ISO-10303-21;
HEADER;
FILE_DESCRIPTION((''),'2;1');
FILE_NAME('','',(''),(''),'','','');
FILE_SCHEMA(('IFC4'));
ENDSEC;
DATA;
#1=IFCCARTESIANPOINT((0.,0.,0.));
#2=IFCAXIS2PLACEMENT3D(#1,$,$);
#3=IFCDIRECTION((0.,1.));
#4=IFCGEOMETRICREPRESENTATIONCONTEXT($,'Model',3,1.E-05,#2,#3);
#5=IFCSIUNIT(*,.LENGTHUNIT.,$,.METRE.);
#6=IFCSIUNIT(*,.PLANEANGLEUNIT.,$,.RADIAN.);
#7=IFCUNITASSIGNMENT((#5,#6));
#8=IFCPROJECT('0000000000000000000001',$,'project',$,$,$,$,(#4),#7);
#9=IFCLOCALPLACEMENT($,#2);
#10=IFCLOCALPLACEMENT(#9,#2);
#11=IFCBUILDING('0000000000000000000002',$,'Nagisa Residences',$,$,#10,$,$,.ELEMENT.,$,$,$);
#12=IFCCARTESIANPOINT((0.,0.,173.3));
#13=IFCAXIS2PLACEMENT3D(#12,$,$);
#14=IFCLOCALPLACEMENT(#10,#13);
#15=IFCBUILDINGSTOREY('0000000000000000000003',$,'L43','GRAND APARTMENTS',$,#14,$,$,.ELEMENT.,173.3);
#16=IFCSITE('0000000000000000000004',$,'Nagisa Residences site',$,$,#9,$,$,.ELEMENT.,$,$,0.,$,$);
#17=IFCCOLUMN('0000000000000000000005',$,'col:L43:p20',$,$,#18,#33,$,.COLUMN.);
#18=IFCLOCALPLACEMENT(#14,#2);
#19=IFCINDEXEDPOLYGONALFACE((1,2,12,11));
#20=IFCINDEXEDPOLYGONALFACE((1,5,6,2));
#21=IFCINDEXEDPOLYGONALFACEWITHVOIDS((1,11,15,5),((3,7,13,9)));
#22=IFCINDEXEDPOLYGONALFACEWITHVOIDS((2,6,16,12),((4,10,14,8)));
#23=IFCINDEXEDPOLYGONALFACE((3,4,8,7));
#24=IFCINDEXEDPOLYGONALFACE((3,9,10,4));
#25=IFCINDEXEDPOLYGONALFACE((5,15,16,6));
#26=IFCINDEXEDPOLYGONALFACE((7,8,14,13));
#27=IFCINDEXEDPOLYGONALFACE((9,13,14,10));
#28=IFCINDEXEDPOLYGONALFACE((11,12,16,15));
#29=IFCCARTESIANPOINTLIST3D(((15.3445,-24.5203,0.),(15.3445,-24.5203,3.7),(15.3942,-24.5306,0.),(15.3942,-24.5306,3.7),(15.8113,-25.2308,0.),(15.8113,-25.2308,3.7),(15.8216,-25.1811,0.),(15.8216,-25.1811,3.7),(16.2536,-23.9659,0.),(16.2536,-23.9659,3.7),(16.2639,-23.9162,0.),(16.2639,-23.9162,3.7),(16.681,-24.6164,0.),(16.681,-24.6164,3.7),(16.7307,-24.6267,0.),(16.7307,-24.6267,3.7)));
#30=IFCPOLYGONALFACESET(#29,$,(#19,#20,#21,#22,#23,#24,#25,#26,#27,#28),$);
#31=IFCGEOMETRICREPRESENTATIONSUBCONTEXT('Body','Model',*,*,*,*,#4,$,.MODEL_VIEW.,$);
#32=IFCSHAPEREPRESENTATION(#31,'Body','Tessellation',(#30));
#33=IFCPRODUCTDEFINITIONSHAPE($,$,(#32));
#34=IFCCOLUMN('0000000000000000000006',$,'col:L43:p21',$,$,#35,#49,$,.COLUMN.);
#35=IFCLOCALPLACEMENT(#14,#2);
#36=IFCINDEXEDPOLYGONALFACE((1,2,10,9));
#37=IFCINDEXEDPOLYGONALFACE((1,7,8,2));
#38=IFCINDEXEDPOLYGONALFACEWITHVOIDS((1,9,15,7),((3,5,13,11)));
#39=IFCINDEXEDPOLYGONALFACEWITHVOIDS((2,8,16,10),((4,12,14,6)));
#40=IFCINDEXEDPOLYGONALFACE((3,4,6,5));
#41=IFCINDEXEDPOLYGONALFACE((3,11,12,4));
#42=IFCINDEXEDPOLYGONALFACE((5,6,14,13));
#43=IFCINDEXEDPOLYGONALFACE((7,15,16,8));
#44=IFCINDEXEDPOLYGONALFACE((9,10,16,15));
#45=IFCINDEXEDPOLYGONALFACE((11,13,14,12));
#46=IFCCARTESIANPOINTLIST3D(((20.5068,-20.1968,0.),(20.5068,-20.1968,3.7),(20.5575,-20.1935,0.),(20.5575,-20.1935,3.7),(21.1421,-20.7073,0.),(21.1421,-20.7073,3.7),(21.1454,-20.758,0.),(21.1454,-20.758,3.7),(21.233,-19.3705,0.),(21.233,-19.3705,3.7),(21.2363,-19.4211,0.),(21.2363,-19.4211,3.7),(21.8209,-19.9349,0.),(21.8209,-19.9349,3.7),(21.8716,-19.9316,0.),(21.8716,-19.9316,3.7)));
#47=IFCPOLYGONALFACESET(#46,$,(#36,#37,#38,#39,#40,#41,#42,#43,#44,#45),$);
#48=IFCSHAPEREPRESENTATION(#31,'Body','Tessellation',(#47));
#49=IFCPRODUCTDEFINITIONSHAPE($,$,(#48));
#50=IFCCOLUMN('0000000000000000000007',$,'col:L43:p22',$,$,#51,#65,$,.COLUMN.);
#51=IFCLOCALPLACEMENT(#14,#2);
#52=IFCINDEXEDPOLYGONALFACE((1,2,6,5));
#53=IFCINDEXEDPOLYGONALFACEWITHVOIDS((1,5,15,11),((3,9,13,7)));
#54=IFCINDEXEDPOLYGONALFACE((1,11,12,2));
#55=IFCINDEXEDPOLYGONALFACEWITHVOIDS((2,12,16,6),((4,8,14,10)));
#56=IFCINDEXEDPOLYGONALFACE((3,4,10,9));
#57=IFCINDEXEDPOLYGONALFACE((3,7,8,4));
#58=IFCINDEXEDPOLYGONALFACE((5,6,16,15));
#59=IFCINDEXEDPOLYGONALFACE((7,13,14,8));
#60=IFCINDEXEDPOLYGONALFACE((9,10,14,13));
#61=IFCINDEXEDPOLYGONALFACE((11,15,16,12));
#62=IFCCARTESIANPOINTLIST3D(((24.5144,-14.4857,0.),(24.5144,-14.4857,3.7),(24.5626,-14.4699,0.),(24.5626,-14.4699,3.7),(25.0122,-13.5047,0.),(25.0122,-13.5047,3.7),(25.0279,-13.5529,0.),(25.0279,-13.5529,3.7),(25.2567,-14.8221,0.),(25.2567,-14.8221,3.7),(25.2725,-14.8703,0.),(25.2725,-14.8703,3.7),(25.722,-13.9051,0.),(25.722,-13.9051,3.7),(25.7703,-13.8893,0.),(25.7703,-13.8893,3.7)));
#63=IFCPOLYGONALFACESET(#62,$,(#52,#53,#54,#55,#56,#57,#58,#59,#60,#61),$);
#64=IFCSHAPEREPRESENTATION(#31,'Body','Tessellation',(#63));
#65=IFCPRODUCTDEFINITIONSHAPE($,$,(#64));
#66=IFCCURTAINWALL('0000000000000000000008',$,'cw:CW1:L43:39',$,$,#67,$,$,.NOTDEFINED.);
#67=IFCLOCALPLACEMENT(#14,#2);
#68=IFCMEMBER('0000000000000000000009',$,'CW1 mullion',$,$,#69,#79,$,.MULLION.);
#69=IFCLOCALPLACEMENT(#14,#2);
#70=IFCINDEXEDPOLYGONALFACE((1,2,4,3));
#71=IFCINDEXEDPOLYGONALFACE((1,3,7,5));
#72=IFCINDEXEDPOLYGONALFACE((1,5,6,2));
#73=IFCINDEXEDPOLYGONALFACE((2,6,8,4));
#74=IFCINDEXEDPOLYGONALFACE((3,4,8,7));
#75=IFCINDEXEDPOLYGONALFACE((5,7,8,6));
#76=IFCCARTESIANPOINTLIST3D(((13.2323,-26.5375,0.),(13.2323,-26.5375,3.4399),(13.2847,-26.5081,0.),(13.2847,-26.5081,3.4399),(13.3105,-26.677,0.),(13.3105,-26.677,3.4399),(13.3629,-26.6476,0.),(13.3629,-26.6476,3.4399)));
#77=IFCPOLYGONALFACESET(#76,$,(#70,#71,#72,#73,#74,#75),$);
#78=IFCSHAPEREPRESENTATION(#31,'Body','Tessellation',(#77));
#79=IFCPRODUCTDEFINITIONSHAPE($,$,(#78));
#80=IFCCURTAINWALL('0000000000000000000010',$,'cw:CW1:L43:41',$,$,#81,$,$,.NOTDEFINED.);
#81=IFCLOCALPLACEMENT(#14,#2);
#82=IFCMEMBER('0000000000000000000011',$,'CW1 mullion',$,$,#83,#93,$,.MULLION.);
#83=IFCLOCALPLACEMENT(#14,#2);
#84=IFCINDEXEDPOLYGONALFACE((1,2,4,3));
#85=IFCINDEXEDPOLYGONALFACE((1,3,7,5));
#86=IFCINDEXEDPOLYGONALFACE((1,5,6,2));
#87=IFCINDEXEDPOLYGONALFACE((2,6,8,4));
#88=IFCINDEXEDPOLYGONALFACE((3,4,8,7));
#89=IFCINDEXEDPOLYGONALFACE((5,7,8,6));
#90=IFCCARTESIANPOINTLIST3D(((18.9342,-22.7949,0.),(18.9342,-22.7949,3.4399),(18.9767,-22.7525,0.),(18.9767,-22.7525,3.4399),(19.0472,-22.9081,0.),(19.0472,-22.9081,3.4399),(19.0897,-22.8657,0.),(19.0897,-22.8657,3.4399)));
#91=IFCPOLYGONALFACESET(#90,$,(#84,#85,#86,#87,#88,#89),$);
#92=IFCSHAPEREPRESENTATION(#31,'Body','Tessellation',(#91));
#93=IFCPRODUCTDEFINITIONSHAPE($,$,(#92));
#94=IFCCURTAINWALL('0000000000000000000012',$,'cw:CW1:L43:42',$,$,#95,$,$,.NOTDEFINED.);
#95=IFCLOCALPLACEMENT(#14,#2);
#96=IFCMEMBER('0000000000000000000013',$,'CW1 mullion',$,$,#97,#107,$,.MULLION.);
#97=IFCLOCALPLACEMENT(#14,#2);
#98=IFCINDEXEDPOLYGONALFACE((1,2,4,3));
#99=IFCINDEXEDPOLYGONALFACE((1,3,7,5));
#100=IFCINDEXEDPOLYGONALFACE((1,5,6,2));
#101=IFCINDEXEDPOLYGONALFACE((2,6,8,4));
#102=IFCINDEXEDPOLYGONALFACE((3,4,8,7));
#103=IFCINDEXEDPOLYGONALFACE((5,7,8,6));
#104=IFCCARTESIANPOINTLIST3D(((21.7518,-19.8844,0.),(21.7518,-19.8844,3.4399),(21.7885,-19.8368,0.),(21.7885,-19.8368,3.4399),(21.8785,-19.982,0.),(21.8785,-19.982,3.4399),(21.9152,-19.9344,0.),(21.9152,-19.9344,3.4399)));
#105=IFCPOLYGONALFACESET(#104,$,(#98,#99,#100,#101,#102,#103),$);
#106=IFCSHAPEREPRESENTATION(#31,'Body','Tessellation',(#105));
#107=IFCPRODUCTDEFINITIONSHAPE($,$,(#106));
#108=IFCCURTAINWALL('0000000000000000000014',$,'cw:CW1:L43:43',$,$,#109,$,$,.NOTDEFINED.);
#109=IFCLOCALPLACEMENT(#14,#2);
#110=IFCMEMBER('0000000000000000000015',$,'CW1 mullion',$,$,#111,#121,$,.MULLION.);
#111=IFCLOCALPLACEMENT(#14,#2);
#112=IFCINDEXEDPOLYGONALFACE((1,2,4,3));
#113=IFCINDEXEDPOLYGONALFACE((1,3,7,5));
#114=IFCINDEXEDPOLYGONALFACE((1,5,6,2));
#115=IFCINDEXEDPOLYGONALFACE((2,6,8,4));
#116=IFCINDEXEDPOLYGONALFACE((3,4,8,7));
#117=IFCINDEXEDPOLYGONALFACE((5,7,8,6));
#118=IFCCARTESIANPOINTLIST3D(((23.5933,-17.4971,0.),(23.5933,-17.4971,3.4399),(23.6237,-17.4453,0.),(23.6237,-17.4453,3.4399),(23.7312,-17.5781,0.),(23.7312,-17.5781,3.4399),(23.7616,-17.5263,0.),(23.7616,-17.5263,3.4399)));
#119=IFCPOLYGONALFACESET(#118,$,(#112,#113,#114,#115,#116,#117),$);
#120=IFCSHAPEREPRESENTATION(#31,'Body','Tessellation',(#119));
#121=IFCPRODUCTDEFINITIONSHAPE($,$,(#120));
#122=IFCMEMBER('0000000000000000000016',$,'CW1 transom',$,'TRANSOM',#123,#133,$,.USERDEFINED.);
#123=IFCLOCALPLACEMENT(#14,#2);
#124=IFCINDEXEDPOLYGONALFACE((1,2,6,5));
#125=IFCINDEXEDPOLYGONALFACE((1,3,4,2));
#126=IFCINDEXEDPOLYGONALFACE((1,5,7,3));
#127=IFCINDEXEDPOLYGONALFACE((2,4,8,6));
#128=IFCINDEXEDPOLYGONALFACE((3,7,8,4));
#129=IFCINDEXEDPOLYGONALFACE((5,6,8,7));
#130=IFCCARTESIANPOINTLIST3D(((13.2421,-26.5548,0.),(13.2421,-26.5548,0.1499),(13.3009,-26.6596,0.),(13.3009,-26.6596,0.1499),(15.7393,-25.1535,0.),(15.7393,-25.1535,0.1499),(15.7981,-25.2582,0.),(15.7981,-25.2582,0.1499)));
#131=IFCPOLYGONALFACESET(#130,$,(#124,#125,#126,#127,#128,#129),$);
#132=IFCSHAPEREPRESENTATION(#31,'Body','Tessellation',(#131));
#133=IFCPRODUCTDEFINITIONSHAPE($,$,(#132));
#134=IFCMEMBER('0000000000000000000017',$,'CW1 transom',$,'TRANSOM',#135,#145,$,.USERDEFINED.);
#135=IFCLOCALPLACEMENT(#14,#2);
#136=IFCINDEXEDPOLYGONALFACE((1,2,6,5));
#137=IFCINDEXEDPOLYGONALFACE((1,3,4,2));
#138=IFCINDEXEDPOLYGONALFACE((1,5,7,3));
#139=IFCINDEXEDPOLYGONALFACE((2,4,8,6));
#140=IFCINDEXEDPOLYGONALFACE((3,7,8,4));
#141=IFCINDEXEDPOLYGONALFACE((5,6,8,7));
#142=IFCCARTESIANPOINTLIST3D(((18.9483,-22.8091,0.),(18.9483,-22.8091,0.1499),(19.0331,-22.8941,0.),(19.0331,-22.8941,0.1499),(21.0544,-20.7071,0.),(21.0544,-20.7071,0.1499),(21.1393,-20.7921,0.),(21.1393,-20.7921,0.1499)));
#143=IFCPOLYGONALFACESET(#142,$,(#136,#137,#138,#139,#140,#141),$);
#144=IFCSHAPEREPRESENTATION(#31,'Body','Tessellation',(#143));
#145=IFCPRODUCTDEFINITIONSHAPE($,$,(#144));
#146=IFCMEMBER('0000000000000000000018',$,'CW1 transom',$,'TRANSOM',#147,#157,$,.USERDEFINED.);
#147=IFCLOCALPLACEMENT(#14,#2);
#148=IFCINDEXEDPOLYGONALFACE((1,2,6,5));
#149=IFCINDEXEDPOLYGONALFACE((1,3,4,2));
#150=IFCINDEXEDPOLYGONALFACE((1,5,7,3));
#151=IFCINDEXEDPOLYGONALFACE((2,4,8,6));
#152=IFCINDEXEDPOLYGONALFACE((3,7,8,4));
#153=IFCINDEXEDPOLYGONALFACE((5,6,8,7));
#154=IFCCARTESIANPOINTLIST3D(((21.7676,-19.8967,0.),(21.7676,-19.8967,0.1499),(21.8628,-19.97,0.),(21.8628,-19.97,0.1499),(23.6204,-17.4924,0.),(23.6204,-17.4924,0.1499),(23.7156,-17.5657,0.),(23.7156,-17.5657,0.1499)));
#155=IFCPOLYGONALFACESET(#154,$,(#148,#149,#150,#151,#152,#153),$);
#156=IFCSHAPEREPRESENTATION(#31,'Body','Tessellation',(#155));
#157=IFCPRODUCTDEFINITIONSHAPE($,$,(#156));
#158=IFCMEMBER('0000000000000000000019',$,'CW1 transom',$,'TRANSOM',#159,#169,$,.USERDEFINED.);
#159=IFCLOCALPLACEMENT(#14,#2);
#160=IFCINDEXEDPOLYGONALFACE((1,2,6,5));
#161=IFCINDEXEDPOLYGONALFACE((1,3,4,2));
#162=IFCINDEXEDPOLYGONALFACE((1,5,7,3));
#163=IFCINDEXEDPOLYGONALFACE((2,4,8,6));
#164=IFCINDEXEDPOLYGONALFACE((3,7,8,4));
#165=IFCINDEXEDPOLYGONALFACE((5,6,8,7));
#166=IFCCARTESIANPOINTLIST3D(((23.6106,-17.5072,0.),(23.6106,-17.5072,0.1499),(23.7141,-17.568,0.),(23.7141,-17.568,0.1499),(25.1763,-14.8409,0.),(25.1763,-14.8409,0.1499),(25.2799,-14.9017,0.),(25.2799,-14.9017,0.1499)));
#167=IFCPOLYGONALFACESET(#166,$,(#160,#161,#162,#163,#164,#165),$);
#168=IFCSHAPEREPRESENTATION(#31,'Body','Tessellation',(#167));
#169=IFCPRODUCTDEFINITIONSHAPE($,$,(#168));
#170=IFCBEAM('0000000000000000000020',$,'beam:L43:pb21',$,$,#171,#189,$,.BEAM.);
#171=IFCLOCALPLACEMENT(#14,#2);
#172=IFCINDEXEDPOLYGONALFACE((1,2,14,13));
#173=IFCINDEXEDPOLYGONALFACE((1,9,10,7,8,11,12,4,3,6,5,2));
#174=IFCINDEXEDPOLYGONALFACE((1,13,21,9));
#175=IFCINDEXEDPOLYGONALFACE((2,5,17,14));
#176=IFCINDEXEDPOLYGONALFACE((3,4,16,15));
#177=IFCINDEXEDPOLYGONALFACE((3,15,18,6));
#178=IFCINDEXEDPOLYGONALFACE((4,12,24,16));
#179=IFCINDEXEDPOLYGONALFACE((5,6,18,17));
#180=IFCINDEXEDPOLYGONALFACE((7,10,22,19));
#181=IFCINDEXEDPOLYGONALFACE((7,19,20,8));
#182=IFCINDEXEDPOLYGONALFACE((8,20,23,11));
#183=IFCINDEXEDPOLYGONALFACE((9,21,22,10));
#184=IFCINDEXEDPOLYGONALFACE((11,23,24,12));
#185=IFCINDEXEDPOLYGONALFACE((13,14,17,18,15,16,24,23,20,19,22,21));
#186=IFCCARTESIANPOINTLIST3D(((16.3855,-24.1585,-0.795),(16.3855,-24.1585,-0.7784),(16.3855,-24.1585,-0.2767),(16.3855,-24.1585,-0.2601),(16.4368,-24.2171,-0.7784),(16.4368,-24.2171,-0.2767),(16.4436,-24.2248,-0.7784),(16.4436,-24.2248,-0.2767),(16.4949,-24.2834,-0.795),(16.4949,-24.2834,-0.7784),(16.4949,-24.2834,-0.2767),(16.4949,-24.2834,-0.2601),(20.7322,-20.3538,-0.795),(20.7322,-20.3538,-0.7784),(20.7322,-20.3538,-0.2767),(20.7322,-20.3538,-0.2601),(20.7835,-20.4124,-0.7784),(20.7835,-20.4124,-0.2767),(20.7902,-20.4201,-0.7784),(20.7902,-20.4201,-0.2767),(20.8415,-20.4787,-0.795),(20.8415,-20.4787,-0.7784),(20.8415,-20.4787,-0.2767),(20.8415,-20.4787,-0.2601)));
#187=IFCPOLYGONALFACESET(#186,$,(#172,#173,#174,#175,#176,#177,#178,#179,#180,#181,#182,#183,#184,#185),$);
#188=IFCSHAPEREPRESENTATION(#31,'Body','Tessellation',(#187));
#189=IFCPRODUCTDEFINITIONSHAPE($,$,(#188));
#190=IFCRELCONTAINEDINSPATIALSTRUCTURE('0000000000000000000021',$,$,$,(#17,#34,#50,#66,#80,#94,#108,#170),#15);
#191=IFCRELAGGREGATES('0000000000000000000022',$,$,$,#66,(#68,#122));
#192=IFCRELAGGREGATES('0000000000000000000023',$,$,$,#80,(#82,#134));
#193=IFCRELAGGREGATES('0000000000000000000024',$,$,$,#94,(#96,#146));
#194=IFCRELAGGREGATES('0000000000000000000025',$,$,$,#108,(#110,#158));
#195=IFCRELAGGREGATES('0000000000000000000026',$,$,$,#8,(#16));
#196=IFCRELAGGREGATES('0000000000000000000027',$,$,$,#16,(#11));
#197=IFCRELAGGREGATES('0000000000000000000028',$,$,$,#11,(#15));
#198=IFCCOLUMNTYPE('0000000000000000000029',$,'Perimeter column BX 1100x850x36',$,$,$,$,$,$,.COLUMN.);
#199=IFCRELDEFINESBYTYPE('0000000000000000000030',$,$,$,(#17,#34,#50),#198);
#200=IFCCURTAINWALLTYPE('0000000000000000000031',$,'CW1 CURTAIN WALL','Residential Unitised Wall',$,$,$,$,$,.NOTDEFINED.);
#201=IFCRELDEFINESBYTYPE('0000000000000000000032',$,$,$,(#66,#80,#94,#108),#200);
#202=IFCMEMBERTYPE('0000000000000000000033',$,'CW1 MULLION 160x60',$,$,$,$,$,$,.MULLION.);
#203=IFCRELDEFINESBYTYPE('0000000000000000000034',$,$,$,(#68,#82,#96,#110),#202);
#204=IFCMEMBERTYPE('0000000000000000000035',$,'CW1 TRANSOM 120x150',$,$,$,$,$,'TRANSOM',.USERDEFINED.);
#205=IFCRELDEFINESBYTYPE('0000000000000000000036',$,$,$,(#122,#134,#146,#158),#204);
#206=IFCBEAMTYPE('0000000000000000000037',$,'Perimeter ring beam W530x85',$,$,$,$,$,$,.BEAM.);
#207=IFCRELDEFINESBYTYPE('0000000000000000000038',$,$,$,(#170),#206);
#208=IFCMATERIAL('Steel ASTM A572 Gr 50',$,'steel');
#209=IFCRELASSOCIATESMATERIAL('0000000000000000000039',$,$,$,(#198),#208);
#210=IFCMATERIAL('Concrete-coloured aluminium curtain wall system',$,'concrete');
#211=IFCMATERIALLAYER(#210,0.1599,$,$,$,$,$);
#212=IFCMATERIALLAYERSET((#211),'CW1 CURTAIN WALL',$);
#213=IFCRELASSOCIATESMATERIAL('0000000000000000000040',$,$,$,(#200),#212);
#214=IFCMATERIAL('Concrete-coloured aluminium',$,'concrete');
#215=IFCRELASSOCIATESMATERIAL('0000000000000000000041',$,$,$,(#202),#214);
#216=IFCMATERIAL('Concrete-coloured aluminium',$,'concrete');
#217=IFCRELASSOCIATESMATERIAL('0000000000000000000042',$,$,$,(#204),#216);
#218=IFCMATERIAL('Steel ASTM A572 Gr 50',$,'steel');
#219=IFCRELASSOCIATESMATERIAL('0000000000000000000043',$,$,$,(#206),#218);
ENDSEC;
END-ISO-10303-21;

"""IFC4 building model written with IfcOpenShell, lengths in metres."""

from ifc_helpers import new_model, si_unit, direction, frame, origin, origin_2d, place, context, subcontext, project, spatial, rectangle, hollow_rectangle, i_section, extrude, material, layer, layer_set, material_profile, profile_set, type_object, element, aggregate, save


model = new_model("IFC4")

# Units and contexts
model_context = context("Model", 3, precision=1e-05, world=origin(), true_north=direction((0.0, 1.0)))
body_context = subcontext(model_context, "Body", "Model", "MODEL_VIEW")
ifc_project = project(units=[si_unit("LENGTHUNIT", "METRE"), si_unit("PLANEANGLEUNIT", "RADIAN")], contexts=[model_context])

# Site, building, storey
site_placement = place(None, origin())
site = spatial("IfcSite", under=ifc_project, at=site_placement, Name="Nagisa Residences site", CompositionType="ELEMENT", RefElevation=0.0)
building_placement = place(site_placement, origin())
building = spatial("IfcBuilding", under=site, at=building_placement, Name="Nagisa Residences", CompositionType="ELEMENT")
storey_placement = place(building_placement, frame((0.0, 0.0, 173.3)))
storey = spatial("IfcBuildingStorey", under=building, at=storey_placement, Name="L43", Description="GRAND APARTMENTS", CompositionType="ELEMENT", Elevation=173.3)

# Columns
ifc_material_1 = material(Name="Steel ASTM A572 Gr 50", Category="steel")
ifc_material_profile_1 = material_profile(ifc_material_1, hollow_rectangle(XDim=1.1001, YDim=0.8501, WallThickness=0.0359, at=origin_2d()), Name="BX 1100x850x36")
ifc_profile_set_1 = profile_set([ifc_material_profile_1], Name="Steel ASTM A572 Gr 50")
column_type = type_object("IfcColumnType", Name="Perimeter column BX 1100x850x36", PredefinedType="COLUMN", material=ifc_profile_set_1)
for number, where, z_axis, x_axis, name in (
    (1, (16.0376, -24.5735, 0.0), (0.0, 0.0, 1.0), (0.835766, 0.549086, 0.0), "col:L43:p20"),
    (2, (21.1892, -20.0642, 0.0), (0.0, 0.0, 1.0), (0.660115, 0.751165, 0.0), "col:L43:p21"),
    (3, (25.1423, -14.1875, 0.0), (0.0, 0.0, 1.0), (0.452463, 0.891783, 0.0), "col:L43:p22"),
):
    element("IfcColumn", number, at=place(storey_placement, frame(where, z_axis=z_axis, x_axis=x_axis)), inside=storey, type_object=column_type, Name=name, PredefinedType="COLUMN", context=body_context, shape_type="SweptSolid", body=[
        extrude(hollow_rectangle(XDim=1.1001, YDim=0.8501, WallThickness=0.0359, at=origin_2d()), origin(), (0.0, 0.0, 1.0), 3.7),
    ])

# Curtain walls, members
ifc_material_2 = material(Name="Concrete-coloured aluminium curtain wall system", Category="concrete")
ifc_layer_1 = layer(ifc_material_2, 0.1599)
ifc_layer_set_1 = layer_set([ifc_layer_1], Name="CW1 CURTAIN WALL")
curtain_wall_type = type_object("IfcCurtainWallType", Name="CW1 CURTAIN WALL", Description="Residential Unitised Wall", PredefinedType="NOTDEFINED", material=ifc_layer_set_1)
curtain_wall_1_placement = place(storey_placement, origin())
curtain_wall_1 = element("IfcCurtainWall", 4, at=curtain_wall_1_placement, inside=storey, type_object=curtain_wall_type, Name="cw:CW1:L43:39", PredefinedType="NOTDEFINED")
ifc_material_3 = material(Name="Concrete-coloured aluminium", Category="concrete")
ifc_material_profile_2 = material_profile(ifc_material_3, rectangle(XDim=0.1599, YDim=0.0601, at=origin_2d()), Name="CW1 MULLION 160x60")
ifc_profile_set_2 = profile_set([ifc_material_profile_2], Name="Concrete-coloured aluminium")
member_type_1 = type_object("IfcMemberType", Name="CW1 MULLION 160x60", PredefinedType="MULLION", material=ifc_profile_set_2)
member_1_placement = place(storey_placement, frame((13.2976, -26.5925, 0.0), z_axis=(0.0, 0.0, 1.0), x_axis=(-0.489377, 0.872072, 0.0)))
member_1 = element("IfcMember", 5, at=member_1_placement, type_object=member_type_1, Name="CW1 mullion", PredefinedType="MULLION", context=body_context, shape_type="SweptSolid", body=[
    extrude(rectangle(XDim=0.1599, YDim=0.0601, at=origin_2d()), origin(), (0.0, 0.0, 1.0), 3.4399),
])
curtain_wall_2_placement = place(storey_placement, origin())
curtain_wall_2 = element("IfcCurtainWall", 6, at=curtain_wall_2_placement, inside=storey, type_object=curtain_wall_type, Name="cw:CW1:L43:41", PredefinedType="NOTDEFINED")
member_2_placement = place(storey_placement, frame((19.012, -22.8303, 0.0), z_axis=(0.0, 0.0, 1.0), x_axis=(-0.706377, 0.707836, 0.0)))
member_2 = element("IfcMember", 7, at=member_2_placement, type_object=member_type_1, Name="CW1 mullion", PredefinedType="MULLION", context=body_context, shape_type="SweptSolid", body=[
    extrude(rectangle(XDim=0.1599, YDim=0.0601, at=origin_2d()), origin(), (0.0, 0.0, 1.0), 3.4399),
])
curtain_wall_3_placement = place(storey_placement, origin())
curtain_wall_3 = element("IfcCurtainWall", 8, at=curtain_wall_3_placement, inside=storey, type_object=curtain_wall_type, Name="cw:CW1:L43:42", PredefinedType="NOTDEFINED")
member_3_placement = place(storey_placement, frame((21.8335, -19.9094, 0.0), z_axis=(0.0, 0.0, 1.0), x_axis=(-0.79207, 0.61043, 0.0)))
member_3 = element("IfcMember", 9, at=member_3_placement, type_object=member_type_1, Name="CW1 mullion", PredefinedType="MULLION", context=body_context, shape_type="SweptSolid", body=[
    extrude(rectangle(XDim=0.1599, YDim=0.0601, at=origin_2d()), origin(), (0.0, 0.0, 1.0), 3.4399),
])
curtain_wall_4_placement = place(storey_placement, origin())
curtain_wall_4 = element("IfcCurtainWall", 10, at=curtain_wall_4_placement, inside=storey, type_object=curtain_wall_type, Name="cw:CW1:L43:43", PredefinedType="NOTDEFINED")
member_4_placement = place(storey_placement, frame((23.6775, -17.5117, 0.0), z_axis=(0.0, 0.0, 1.0), x_axis=(-0.862329, 0.506349, 0.0)))
member_4 = element("IfcMember", 11, at=member_4_placement, type_object=member_type_1, Name="CW1 mullion", PredefinedType="MULLION", context=body_context, shape_type="SweptSolid", body=[
    extrude(rectangle(XDim=0.1599, YDim=0.0601, at=origin_2d()), origin(), (0.0, 0.0, 1.0), 3.4399),
])

# Members
ifc_material_4 = material(Name="Concrete-coloured aluminium", Category="concrete")
ifc_material_profile_3 = material_profile(ifc_material_4, rectangle(XDim=0.1201, YDim=0.1499, at=origin_2d()), Name="CW1 TRANSOM 120x150")
ifc_profile_set_3 = profile_set([ifc_material_profile_3], Name="Concrete-coloured aluminium")
member_type_2 = type_object("IfcMemberType", Name="CW1 TRANSOM 120x150", ElementType="TRANSOM", PredefinedType="USERDEFINED", material=ifc_profile_set_3)
member_5_placement = place(storey_placement, frame((13.2715, -26.6072, 0.075), z_axis=(0.872078, 0.489366, 0.0), x_axis=(-0.489366, 0.872078, 0.0)))
member_5 = element("IfcMember", 12, at=member_5_placement, type_object=member_type_2, Name="CW1 transom", ObjectType="TRANSOM", PredefinedType="USERDEFINED", context=body_context, shape_type="SweptSolid", body=[
    extrude(rectangle(XDim=0.1201, YDim=0.1499, at=origin_2d()), origin(), (0.0, 0.0, 1.0), 2.8635),
])
member_6_placement = place(storey_placement, frame((18.9907, -22.8516, 0.075), z_axis=(0.707804, 0.706409, 0.0), x_axis=(-0.706409, 0.707804, 0.0)))
member_6 = element("IfcMember", 13, at=member_6_placement, type_object=member_type_2, Name="CW1 transom", ObjectType="TRANSOM", PredefinedType="USERDEFINED", context=body_context, shape_type="SweptSolid", body=[
    extrude(rectangle(XDim=0.1201, YDim=0.1499, at=origin_2d()), origin(), (0.0, 0.0, 1.0), 2.9756),
])
member_7_placement = place(storey_placement, frame((21.8152, -19.9333, 0.075), z_axis=(0.610399, 0.792094, 0.0), x_axis=(-0.792094, 0.610399, 0.0)))
member_7 = element("IfcMember", 14, at=member_7_placement, type_object=member_type_2, Name="CW1 transom", ObjectType="TRANSOM", PredefinedType="USERDEFINED", context=body_context, shape_type="SweptSolid", body=[
    extrude(rectangle(XDim=0.1201, YDim=0.1499, at=origin_2d()), origin(), (0.0, 0.0, 1.0), 3.0354),
])
member_8_placement = place(storey_placement, frame((23.6624, -17.5376, 0.075), z_axis=(0.506368, 0.862318, 0.0), x_axis=(-0.862318, 0.506368, 0.0)))
member_8 = element("IfcMember", 15, at=member_8_placement, type_object=member_type_2, Name="CW1 transom", ObjectType="TRANSOM", PredefinedType="USERDEFINED", context=body_context, shape_type="SweptSolid", body=[
    extrude(rectangle(XDim=0.1201, YDim=0.1499, at=origin_2d()), origin(), (0.0, 0.0, 1.0), 3.092),
])

# Beam
ifc_material_5 = material(Name="Steel ASTM A572 Gr 50", Category="steel")
ifc_material_profile_4 = material_profile(ifc_material_5, i_section(OverallWidth=0.166, OverallDepth=0.5349, WebThickness=0.0103, FlangeThickness=0.0166, at=origin_2d()), Name="W530x85")
ifc_profile_set_4 = profile_set([ifc_material_profile_4], Name="Steel ASTM A572 Gr 50")
beam_type_1 = type_object("IfcBeamType", Name="Perimeter ring beam W530x85", PredefinedType="BEAM", material=ifc_profile_set_4)
beam_1_placement = place(storey_placement, frame((16.4402, -24.2209, -0.5276), z_axis=(0.752461, 0.658636, 0.0), x_axis=(-0.658636, 0.752461, 0.0)))
element("IfcBeam", 16, at=beam_1_placement, inside=storey, type_object=beam_type_1, Name="beam:L43:pb21", PredefinedType="BEAM", context=body_context, shape_type="SweptSolid", body=[
    extrude(i_section(OverallWidth=0.166, OverallDepth=0.5349, WebThickness=0.0103, FlangeThickness=0.0166, at=origin_2d()), origin(), (0.0, 0.0, 1.0), 5.7766),
])

aggregate(curtain_wall_1, [member_1, member_5])
aggregate(curtain_wall_2, [member_2, member_6])
aggregate(curtain_wall_3, [member_3, member_7])
aggregate(curtain_wall_4, [member_4, member_8])

save(model, "model.ifc")
